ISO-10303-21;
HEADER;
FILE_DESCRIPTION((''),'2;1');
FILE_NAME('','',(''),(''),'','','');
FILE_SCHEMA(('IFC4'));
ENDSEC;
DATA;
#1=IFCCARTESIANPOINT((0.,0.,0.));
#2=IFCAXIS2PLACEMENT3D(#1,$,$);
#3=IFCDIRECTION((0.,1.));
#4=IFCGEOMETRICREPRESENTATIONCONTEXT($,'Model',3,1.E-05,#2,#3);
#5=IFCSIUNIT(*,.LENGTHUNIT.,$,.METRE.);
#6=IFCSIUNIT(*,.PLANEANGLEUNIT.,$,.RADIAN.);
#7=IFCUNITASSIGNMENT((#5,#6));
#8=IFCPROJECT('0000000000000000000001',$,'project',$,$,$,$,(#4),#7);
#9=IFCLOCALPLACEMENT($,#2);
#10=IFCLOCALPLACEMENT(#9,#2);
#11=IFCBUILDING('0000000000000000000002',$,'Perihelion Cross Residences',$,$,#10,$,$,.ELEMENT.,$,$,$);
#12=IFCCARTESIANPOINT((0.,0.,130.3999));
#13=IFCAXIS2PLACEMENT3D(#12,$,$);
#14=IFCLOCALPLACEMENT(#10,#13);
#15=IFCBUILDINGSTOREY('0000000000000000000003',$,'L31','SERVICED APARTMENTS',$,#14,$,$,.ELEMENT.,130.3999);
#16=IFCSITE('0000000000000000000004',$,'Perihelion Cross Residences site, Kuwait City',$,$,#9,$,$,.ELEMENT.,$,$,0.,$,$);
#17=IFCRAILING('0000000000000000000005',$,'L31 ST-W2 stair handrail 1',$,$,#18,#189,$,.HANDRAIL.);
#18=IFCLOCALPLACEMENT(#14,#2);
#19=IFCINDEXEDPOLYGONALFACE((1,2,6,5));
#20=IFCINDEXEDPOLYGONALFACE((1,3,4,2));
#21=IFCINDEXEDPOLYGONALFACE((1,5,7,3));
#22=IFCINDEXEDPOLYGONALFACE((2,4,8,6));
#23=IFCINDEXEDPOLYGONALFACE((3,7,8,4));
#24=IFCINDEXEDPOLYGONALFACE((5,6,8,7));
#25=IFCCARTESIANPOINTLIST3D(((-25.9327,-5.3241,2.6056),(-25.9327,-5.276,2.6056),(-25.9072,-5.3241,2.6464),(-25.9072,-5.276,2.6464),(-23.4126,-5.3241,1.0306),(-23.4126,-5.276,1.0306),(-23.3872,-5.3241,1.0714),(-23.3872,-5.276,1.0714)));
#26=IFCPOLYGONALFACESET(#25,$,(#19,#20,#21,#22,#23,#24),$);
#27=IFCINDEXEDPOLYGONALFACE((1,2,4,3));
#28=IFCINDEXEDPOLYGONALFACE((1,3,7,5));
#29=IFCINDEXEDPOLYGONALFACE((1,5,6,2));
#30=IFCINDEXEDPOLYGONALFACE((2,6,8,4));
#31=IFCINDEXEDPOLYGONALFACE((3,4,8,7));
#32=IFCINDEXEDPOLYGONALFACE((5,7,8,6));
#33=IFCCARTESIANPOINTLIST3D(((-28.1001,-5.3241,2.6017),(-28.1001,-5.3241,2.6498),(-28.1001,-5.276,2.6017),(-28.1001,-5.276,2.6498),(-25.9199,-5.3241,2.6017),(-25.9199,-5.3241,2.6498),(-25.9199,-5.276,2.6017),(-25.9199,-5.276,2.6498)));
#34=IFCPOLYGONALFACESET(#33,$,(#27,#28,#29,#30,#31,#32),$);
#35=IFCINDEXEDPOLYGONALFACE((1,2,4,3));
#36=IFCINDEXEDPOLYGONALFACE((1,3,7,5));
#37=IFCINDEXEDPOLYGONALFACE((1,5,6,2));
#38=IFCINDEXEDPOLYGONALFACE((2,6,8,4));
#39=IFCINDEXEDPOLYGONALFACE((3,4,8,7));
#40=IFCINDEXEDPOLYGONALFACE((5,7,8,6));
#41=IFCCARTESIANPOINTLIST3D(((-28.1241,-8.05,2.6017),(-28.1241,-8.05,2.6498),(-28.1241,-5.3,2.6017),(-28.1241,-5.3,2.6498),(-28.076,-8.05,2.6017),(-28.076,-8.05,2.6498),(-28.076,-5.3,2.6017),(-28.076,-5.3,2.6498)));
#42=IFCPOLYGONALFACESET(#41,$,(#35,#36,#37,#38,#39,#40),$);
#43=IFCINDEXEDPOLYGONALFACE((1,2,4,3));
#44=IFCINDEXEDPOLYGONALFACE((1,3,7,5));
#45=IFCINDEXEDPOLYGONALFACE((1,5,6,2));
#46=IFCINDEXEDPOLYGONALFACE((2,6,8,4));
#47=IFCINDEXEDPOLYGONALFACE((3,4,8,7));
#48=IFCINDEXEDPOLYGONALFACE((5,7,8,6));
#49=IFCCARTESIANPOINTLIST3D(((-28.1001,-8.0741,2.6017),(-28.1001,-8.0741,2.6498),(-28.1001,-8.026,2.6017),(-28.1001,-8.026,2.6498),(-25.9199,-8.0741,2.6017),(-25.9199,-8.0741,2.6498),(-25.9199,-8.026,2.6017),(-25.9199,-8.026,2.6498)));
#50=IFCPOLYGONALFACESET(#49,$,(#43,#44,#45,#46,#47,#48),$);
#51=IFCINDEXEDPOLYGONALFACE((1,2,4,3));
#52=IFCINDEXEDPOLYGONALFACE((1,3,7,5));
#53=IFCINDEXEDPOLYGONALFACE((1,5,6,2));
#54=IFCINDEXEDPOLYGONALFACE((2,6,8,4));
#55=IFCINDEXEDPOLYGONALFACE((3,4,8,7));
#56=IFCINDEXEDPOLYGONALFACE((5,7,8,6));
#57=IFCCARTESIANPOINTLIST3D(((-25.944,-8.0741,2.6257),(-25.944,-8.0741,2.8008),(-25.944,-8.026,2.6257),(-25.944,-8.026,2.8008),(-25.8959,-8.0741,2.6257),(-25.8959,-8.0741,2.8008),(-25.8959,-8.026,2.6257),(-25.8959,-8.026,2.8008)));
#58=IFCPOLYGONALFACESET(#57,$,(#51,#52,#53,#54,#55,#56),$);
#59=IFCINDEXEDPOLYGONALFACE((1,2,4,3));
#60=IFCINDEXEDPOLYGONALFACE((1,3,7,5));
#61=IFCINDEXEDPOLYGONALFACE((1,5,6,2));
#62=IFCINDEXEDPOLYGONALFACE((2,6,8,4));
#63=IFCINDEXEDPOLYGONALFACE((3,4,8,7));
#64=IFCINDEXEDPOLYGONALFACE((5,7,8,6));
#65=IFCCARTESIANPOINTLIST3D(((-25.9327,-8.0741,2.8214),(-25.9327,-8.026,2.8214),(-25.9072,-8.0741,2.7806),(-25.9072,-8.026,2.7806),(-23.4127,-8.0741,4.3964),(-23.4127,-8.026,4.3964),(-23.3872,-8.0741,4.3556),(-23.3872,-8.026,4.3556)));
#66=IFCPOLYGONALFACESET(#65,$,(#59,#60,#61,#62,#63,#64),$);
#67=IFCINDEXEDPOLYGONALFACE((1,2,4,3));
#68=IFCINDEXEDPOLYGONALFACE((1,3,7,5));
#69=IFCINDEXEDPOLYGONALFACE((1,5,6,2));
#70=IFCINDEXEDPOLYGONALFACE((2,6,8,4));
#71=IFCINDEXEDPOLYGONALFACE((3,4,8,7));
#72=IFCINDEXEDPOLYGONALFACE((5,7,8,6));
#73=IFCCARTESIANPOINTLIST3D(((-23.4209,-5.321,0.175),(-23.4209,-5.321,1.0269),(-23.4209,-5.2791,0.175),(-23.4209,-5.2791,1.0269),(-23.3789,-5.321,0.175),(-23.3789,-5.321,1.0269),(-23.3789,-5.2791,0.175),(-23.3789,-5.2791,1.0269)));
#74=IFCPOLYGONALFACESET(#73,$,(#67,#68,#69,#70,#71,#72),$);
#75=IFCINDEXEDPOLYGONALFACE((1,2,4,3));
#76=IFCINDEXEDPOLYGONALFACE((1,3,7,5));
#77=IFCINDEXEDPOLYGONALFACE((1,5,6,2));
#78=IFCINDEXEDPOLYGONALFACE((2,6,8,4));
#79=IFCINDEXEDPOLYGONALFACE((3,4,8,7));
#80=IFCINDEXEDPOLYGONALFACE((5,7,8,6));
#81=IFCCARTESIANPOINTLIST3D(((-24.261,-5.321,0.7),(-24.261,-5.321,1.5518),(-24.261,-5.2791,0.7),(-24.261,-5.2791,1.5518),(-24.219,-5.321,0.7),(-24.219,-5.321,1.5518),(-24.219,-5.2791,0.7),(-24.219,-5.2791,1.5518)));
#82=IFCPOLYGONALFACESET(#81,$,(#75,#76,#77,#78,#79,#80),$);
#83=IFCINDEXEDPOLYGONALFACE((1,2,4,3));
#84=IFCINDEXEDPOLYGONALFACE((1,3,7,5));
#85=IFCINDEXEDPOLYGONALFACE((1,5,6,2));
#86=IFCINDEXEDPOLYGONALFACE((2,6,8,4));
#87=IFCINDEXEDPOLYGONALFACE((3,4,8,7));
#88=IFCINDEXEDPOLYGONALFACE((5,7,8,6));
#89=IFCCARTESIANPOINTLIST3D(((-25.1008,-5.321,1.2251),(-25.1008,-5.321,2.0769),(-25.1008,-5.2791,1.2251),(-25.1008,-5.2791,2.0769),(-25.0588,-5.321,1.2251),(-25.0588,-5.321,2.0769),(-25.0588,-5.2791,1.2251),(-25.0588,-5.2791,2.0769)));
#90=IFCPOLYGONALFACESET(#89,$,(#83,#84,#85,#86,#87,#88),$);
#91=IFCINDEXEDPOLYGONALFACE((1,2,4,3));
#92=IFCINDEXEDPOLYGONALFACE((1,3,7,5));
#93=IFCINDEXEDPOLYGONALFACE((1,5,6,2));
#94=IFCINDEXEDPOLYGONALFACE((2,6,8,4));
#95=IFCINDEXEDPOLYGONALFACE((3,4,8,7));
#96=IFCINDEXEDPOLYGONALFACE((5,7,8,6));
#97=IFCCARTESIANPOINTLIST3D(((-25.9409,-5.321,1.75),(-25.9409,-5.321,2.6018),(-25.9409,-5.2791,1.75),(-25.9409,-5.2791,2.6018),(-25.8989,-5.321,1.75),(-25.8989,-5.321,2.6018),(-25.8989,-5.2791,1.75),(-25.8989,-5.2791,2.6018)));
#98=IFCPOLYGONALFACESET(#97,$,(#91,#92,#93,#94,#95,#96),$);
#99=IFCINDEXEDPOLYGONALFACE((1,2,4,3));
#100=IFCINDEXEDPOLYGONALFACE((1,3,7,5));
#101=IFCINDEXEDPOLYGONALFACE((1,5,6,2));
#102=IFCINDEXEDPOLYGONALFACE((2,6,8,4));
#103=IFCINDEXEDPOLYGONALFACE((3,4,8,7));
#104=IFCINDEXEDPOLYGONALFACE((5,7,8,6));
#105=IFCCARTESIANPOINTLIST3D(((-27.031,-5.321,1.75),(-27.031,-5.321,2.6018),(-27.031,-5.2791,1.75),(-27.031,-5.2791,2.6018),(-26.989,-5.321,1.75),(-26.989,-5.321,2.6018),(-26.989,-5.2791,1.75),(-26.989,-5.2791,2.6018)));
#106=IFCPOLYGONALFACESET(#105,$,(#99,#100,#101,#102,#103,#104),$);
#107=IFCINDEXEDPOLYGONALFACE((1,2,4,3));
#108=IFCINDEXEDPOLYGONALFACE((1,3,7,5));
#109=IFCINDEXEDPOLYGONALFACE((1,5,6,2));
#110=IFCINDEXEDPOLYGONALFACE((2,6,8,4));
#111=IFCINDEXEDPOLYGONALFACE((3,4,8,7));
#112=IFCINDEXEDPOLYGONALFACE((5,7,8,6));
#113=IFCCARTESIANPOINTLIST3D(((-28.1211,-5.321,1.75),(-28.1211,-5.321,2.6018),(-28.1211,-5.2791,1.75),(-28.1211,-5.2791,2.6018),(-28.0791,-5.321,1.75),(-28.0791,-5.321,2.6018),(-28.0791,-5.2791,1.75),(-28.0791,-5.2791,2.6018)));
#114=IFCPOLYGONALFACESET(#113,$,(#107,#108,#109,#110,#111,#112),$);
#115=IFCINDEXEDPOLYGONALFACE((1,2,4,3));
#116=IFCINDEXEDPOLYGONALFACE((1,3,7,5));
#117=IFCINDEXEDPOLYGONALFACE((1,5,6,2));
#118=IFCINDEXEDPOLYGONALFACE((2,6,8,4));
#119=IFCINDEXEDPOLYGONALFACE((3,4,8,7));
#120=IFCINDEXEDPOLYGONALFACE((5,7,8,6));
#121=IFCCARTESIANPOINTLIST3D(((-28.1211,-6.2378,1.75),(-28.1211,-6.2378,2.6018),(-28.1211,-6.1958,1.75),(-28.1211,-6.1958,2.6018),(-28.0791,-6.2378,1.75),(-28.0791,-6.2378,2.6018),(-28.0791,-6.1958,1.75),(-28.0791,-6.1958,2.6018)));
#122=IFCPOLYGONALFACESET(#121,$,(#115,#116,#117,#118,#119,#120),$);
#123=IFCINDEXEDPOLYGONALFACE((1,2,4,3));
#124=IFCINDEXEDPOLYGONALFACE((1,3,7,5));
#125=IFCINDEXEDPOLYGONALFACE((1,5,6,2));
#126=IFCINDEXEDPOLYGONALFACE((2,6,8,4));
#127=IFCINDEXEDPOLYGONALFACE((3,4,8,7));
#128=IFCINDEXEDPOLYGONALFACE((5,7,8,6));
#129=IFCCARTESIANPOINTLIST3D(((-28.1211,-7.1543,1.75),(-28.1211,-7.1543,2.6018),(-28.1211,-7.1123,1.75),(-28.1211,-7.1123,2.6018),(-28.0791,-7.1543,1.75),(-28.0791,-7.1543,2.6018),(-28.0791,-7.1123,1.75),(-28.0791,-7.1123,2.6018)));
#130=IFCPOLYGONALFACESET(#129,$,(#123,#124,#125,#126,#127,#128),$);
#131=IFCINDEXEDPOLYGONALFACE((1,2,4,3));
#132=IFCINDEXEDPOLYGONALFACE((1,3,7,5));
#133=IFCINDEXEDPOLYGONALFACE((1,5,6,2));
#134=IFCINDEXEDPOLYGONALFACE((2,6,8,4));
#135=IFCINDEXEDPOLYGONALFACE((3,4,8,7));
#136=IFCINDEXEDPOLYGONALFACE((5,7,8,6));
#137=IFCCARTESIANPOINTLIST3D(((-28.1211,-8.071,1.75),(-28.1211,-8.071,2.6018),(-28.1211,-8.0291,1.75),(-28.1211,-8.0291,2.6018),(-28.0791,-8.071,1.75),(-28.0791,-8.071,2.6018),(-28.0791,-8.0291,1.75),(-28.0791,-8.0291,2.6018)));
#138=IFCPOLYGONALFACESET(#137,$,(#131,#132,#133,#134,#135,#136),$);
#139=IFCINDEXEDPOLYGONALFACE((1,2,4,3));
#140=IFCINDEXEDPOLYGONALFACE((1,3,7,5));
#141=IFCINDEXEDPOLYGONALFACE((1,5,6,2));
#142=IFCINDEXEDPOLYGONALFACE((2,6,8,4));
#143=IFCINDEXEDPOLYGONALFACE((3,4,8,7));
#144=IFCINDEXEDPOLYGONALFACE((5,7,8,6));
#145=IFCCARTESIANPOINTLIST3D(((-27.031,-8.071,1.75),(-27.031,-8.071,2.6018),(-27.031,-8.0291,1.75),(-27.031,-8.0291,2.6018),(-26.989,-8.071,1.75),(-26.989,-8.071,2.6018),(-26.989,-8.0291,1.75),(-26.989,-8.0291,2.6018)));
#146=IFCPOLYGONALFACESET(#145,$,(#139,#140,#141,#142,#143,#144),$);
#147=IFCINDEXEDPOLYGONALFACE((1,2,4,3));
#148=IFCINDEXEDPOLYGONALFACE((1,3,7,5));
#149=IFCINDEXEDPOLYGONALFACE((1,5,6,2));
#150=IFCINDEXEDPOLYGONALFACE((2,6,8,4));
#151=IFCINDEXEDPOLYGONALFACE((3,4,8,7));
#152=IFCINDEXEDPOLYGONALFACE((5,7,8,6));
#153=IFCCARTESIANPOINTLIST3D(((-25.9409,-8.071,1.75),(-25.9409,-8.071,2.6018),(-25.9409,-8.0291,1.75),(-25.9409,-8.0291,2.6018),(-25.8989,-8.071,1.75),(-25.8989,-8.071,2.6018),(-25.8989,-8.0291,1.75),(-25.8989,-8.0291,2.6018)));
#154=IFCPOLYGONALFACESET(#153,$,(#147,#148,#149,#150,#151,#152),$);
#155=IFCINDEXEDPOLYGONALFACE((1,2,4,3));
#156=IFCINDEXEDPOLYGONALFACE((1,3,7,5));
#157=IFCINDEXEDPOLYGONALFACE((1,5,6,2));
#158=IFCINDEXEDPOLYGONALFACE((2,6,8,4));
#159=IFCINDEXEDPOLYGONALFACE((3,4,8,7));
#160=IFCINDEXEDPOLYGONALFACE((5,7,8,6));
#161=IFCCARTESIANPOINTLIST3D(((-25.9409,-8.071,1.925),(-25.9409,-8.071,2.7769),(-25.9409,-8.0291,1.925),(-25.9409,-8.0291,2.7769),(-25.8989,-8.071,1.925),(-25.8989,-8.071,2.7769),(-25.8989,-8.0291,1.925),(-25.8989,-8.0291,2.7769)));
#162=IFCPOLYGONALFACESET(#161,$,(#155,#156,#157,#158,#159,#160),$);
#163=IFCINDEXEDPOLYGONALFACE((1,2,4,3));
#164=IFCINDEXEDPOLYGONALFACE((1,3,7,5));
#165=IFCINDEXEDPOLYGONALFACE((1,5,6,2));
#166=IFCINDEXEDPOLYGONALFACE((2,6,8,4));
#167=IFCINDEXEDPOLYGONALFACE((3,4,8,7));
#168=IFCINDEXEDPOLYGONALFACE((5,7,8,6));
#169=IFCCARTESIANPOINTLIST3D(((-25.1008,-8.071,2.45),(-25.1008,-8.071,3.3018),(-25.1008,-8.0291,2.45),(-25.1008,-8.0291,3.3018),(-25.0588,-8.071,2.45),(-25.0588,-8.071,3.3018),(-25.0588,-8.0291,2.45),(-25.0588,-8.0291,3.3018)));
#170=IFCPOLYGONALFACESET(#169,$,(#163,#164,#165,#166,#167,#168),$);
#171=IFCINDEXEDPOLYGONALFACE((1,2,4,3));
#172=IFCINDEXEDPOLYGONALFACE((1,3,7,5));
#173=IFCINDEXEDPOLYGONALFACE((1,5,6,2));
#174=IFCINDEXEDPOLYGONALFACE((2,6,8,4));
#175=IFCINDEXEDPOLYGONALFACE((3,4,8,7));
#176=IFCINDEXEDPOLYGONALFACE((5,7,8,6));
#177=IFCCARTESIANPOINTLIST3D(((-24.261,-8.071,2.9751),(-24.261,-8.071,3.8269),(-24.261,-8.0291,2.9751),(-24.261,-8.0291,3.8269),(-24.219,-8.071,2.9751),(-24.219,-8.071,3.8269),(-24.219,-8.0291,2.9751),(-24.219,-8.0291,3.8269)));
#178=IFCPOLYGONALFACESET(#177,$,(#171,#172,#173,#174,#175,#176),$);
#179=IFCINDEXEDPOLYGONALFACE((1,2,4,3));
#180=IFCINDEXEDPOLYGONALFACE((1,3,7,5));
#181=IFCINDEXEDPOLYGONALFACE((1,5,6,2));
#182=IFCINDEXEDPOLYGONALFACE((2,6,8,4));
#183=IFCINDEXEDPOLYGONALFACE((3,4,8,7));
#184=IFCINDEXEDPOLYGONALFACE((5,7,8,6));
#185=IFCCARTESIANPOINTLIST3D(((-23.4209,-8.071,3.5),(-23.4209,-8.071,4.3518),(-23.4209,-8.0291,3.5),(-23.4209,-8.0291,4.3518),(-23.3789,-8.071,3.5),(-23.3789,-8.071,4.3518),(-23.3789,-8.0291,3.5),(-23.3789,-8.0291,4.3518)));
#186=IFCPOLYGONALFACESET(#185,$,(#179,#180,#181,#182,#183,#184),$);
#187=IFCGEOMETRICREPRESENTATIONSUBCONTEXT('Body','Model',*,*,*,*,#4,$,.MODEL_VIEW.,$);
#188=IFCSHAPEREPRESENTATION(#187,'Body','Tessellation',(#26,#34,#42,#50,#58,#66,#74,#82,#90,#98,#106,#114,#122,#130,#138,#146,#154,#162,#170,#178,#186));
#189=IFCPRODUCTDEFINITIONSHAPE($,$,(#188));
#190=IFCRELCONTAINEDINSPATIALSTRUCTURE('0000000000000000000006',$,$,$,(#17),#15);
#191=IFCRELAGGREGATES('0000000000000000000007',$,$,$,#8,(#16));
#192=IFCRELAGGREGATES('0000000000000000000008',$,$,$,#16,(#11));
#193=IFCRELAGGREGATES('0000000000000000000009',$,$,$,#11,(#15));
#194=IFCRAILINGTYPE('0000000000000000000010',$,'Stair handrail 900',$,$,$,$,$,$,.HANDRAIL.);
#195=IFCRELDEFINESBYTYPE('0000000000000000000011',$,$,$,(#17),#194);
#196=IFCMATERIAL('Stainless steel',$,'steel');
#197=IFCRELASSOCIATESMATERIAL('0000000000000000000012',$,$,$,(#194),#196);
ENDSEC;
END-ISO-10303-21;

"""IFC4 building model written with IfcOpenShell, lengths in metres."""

from ifc_helpers import new_model, si_unit, direction, frame, origin, origin_2d, place, context, subcontext, project, spatial, rectangle, extrude, material, type_object, element, save


model = new_model("IFC4")

# Units and contexts
model_context = context("Model", 3, precision=1e-05, world=origin(), true_north=direction((0.0, 1.0)))
body_context = subcontext(model_context, "Body", "Model", "MODEL_VIEW")
ifc_project = project(units=[si_unit("LENGTHUNIT", "METRE"), si_unit("PLANEANGLEUNIT", "RADIAN")], contexts=[model_context])

# Site, building, storey
site_placement = place(None, origin())
site = spatial("IfcSite", under=ifc_project, at=site_placement, Name="Perihelion Cross Residences site, Kuwait City", CompositionType="ELEMENT", RefElevation=0.0)
building_placement = place(site_placement, origin())
building = spatial("IfcBuilding", under=site, at=building_placement, Name="Perihelion Cross Residences", CompositionType="ELEMENT")
storey_placement = place(building_placement, frame((0.0, 0.0, 130.3999)))
storey = spatial("IfcBuildingStorey", under=building, at=storey_placement, Name="L31", Description="SERVICED APARTMENTS", CompositionType="ELEMENT", Elevation=130.3999)

# Railing
ifc_material_1 = material(Name="Stainless steel", Category="steel")
railing_type_1 = type_object("IfcRailingType", Name="Stair handrail 900", PredefinedType="HANDRAIL", material=ifc_material_1)
railing_1_placement = place(storey_placement, frame((-23.3999, -5.3, 0.175)))
element("IfcRailing", 1, at=railing_1_placement, inside=storey, type_object=railing_type_1, Name="L31 ST-W2 stair handrail 1", PredefinedType="HANDRAIL", context=body_context, shape_type="SweptSolid", body=[
    extrude(rectangle(XDim=0.0481, YDim=0.0481, at=origin_2d()), frame((0.0, 0.0, 0.876), z_axis=(-0.848008, 0.0, 0.529984), x_axis=(0.0, -1.0, 0.0)), (0.0, 0.0, 1.0), 2.9717),
    extrude(rectangle(XDim=0.0481, YDim=0.0481, at=origin_2d()), frame((-2.52, 0.0, 2.4507), z_axis=(-1.0, 0.0, 0.0), x_axis=(0.0, -1.0, 0.0)), (0.0, 0.0, 1.0), 2.1802),
    extrude(rectangle(XDim=0.0481, YDim=0.0481, at=origin_2d()), frame((-4.7002, 0.0, 2.4507), z_axis=(0.0, -1.0, 0.0), x_axis=(1.0, 0.0, 0.0)), (0.0, 0.0, 1.0), 2.75),
    extrude(rectangle(XDim=0.0481, YDim=0.0481, at=origin_2d()), frame((-4.7002, -2.75, 2.4507), z_axis=(1.0, 0.0, 0.0), x_axis=(0.0, 1.0, 0.0)), (0.0, 0.0, 1.0), 2.1802),
    extrude(rectangle(XDim=0.0481, YDim=0.0481, at=origin_2d()), frame((-2.52, -2.75, 2.4507), z_axis=(0.0, 0.0, 1.0), x_axis=(1.0, 0.0, 0.0)), (0.0, 0.0, 1.0), 0.175),
    extrude(rectangle(XDim=0.0481, YDim=0.0481, at=origin_2d()), frame((-2.52, -2.75, 2.626), z_axis=(0.848008, 0.0, 0.529984), x_axis=(0.0, 1.0, 0.0)), (0.0, 0.0, 1.0), 2.9717),
    extrude(rectangle(XDim=0.042, YDim=0.042, at=origin_2d()), origin(), (0.0, 0.0, 1.0), 0.8518),
    extrude(rectangle(XDim=0.042, YDim=0.042, at=origin_2d()), frame((-0.8401, 0.0, 0.5249)), (0.0, 0.0, 1.0), 0.8518),
    extrude(rectangle(XDim=0.042, YDim=0.042, at=origin_2d()), frame((-1.6799, 0.0, 1.05)), (0.0, 0.0, 1.0), 0.8518),
    extrude(rectangle(XDim=0.042, YDim=0.042, at=origin_2d()), frame((-2.52, 0.0, 1.575)), (0.0, 0.0, 1.0), 0.8518),
    extrude(rectangle(XDim=0.042, YDim=0.042, at=origin_2d()), frame((-3.6101, 0.0, 1.575)), (0.0, 0.0, 1.0), 0.8518),
    extrude(rectangle(XDim=0.042, YDim=0.042, at=origin_2d()), frame((-4.7002, 0.0, 1.575)), (0.0, 0.0, 1.0), 0.8518),
    extrude(rectangle(XDim=0.042, YDim=0.042, at=origin_2d()), frame((-4.7002, -0.9167, 1.575)), (0.0, 0.0, 1.0), 0.8518),
    extrude(rectangle(XDim=0.042, YDim=0.042, at=origin_2d()), frame((-4.7002, -1.8333, 1.575)), (0.0, 0.0, 1.0), 0.8518),
    extrude(rectangle(XDim=0.042, YDim=0.042, at=origin_2d()), frame((-4.7002, -2.75, 1.575)), (0.0, 0.0, 1.0), 0.8518),
    extrude(rectangle(XDim=0.042, YDim=0.042, at=origin_2d()), frame((-3.6101, -2.75, 1.575)), (0.0, 0.0, 1.0), 0.8518),
    extrude(rectangle(XDim=0.042, YDim=0.042, at=origin_2d()), frame((-2.52, -2.75, 1.575)), (0.0, 0.0, 1.0), 0.8518),
    extrude(rectangle(XDim=0.042, YDim=0.042, at=origin_2d()), frame((-2.52, -2.75, 1.75)), (0.0, 0.0, 1.0), 0.8518),
    extrude(rectangle(XDim=0.042, YDim=0.042, at=origin_2d()), frame((-1.6799, -2.75, 2.2749)), (0.0, 0.0, 1.0), 0.8518),
    extrude(rectangle(XDim=0.042, YDim=0.042, at=origin_2d()), frame((-0.8401, -2.75, 2.8)), (0.0, 0.0, 1.0), 0.8518),
    extrude(rectangle(XDim=0.042, YDim=0.042, at=origin_2d()), frame((0.0, -2.75, 3.325)), (0.0, 0.0, 1.0), 0.8518),
])

save(model, "model.ifc")
